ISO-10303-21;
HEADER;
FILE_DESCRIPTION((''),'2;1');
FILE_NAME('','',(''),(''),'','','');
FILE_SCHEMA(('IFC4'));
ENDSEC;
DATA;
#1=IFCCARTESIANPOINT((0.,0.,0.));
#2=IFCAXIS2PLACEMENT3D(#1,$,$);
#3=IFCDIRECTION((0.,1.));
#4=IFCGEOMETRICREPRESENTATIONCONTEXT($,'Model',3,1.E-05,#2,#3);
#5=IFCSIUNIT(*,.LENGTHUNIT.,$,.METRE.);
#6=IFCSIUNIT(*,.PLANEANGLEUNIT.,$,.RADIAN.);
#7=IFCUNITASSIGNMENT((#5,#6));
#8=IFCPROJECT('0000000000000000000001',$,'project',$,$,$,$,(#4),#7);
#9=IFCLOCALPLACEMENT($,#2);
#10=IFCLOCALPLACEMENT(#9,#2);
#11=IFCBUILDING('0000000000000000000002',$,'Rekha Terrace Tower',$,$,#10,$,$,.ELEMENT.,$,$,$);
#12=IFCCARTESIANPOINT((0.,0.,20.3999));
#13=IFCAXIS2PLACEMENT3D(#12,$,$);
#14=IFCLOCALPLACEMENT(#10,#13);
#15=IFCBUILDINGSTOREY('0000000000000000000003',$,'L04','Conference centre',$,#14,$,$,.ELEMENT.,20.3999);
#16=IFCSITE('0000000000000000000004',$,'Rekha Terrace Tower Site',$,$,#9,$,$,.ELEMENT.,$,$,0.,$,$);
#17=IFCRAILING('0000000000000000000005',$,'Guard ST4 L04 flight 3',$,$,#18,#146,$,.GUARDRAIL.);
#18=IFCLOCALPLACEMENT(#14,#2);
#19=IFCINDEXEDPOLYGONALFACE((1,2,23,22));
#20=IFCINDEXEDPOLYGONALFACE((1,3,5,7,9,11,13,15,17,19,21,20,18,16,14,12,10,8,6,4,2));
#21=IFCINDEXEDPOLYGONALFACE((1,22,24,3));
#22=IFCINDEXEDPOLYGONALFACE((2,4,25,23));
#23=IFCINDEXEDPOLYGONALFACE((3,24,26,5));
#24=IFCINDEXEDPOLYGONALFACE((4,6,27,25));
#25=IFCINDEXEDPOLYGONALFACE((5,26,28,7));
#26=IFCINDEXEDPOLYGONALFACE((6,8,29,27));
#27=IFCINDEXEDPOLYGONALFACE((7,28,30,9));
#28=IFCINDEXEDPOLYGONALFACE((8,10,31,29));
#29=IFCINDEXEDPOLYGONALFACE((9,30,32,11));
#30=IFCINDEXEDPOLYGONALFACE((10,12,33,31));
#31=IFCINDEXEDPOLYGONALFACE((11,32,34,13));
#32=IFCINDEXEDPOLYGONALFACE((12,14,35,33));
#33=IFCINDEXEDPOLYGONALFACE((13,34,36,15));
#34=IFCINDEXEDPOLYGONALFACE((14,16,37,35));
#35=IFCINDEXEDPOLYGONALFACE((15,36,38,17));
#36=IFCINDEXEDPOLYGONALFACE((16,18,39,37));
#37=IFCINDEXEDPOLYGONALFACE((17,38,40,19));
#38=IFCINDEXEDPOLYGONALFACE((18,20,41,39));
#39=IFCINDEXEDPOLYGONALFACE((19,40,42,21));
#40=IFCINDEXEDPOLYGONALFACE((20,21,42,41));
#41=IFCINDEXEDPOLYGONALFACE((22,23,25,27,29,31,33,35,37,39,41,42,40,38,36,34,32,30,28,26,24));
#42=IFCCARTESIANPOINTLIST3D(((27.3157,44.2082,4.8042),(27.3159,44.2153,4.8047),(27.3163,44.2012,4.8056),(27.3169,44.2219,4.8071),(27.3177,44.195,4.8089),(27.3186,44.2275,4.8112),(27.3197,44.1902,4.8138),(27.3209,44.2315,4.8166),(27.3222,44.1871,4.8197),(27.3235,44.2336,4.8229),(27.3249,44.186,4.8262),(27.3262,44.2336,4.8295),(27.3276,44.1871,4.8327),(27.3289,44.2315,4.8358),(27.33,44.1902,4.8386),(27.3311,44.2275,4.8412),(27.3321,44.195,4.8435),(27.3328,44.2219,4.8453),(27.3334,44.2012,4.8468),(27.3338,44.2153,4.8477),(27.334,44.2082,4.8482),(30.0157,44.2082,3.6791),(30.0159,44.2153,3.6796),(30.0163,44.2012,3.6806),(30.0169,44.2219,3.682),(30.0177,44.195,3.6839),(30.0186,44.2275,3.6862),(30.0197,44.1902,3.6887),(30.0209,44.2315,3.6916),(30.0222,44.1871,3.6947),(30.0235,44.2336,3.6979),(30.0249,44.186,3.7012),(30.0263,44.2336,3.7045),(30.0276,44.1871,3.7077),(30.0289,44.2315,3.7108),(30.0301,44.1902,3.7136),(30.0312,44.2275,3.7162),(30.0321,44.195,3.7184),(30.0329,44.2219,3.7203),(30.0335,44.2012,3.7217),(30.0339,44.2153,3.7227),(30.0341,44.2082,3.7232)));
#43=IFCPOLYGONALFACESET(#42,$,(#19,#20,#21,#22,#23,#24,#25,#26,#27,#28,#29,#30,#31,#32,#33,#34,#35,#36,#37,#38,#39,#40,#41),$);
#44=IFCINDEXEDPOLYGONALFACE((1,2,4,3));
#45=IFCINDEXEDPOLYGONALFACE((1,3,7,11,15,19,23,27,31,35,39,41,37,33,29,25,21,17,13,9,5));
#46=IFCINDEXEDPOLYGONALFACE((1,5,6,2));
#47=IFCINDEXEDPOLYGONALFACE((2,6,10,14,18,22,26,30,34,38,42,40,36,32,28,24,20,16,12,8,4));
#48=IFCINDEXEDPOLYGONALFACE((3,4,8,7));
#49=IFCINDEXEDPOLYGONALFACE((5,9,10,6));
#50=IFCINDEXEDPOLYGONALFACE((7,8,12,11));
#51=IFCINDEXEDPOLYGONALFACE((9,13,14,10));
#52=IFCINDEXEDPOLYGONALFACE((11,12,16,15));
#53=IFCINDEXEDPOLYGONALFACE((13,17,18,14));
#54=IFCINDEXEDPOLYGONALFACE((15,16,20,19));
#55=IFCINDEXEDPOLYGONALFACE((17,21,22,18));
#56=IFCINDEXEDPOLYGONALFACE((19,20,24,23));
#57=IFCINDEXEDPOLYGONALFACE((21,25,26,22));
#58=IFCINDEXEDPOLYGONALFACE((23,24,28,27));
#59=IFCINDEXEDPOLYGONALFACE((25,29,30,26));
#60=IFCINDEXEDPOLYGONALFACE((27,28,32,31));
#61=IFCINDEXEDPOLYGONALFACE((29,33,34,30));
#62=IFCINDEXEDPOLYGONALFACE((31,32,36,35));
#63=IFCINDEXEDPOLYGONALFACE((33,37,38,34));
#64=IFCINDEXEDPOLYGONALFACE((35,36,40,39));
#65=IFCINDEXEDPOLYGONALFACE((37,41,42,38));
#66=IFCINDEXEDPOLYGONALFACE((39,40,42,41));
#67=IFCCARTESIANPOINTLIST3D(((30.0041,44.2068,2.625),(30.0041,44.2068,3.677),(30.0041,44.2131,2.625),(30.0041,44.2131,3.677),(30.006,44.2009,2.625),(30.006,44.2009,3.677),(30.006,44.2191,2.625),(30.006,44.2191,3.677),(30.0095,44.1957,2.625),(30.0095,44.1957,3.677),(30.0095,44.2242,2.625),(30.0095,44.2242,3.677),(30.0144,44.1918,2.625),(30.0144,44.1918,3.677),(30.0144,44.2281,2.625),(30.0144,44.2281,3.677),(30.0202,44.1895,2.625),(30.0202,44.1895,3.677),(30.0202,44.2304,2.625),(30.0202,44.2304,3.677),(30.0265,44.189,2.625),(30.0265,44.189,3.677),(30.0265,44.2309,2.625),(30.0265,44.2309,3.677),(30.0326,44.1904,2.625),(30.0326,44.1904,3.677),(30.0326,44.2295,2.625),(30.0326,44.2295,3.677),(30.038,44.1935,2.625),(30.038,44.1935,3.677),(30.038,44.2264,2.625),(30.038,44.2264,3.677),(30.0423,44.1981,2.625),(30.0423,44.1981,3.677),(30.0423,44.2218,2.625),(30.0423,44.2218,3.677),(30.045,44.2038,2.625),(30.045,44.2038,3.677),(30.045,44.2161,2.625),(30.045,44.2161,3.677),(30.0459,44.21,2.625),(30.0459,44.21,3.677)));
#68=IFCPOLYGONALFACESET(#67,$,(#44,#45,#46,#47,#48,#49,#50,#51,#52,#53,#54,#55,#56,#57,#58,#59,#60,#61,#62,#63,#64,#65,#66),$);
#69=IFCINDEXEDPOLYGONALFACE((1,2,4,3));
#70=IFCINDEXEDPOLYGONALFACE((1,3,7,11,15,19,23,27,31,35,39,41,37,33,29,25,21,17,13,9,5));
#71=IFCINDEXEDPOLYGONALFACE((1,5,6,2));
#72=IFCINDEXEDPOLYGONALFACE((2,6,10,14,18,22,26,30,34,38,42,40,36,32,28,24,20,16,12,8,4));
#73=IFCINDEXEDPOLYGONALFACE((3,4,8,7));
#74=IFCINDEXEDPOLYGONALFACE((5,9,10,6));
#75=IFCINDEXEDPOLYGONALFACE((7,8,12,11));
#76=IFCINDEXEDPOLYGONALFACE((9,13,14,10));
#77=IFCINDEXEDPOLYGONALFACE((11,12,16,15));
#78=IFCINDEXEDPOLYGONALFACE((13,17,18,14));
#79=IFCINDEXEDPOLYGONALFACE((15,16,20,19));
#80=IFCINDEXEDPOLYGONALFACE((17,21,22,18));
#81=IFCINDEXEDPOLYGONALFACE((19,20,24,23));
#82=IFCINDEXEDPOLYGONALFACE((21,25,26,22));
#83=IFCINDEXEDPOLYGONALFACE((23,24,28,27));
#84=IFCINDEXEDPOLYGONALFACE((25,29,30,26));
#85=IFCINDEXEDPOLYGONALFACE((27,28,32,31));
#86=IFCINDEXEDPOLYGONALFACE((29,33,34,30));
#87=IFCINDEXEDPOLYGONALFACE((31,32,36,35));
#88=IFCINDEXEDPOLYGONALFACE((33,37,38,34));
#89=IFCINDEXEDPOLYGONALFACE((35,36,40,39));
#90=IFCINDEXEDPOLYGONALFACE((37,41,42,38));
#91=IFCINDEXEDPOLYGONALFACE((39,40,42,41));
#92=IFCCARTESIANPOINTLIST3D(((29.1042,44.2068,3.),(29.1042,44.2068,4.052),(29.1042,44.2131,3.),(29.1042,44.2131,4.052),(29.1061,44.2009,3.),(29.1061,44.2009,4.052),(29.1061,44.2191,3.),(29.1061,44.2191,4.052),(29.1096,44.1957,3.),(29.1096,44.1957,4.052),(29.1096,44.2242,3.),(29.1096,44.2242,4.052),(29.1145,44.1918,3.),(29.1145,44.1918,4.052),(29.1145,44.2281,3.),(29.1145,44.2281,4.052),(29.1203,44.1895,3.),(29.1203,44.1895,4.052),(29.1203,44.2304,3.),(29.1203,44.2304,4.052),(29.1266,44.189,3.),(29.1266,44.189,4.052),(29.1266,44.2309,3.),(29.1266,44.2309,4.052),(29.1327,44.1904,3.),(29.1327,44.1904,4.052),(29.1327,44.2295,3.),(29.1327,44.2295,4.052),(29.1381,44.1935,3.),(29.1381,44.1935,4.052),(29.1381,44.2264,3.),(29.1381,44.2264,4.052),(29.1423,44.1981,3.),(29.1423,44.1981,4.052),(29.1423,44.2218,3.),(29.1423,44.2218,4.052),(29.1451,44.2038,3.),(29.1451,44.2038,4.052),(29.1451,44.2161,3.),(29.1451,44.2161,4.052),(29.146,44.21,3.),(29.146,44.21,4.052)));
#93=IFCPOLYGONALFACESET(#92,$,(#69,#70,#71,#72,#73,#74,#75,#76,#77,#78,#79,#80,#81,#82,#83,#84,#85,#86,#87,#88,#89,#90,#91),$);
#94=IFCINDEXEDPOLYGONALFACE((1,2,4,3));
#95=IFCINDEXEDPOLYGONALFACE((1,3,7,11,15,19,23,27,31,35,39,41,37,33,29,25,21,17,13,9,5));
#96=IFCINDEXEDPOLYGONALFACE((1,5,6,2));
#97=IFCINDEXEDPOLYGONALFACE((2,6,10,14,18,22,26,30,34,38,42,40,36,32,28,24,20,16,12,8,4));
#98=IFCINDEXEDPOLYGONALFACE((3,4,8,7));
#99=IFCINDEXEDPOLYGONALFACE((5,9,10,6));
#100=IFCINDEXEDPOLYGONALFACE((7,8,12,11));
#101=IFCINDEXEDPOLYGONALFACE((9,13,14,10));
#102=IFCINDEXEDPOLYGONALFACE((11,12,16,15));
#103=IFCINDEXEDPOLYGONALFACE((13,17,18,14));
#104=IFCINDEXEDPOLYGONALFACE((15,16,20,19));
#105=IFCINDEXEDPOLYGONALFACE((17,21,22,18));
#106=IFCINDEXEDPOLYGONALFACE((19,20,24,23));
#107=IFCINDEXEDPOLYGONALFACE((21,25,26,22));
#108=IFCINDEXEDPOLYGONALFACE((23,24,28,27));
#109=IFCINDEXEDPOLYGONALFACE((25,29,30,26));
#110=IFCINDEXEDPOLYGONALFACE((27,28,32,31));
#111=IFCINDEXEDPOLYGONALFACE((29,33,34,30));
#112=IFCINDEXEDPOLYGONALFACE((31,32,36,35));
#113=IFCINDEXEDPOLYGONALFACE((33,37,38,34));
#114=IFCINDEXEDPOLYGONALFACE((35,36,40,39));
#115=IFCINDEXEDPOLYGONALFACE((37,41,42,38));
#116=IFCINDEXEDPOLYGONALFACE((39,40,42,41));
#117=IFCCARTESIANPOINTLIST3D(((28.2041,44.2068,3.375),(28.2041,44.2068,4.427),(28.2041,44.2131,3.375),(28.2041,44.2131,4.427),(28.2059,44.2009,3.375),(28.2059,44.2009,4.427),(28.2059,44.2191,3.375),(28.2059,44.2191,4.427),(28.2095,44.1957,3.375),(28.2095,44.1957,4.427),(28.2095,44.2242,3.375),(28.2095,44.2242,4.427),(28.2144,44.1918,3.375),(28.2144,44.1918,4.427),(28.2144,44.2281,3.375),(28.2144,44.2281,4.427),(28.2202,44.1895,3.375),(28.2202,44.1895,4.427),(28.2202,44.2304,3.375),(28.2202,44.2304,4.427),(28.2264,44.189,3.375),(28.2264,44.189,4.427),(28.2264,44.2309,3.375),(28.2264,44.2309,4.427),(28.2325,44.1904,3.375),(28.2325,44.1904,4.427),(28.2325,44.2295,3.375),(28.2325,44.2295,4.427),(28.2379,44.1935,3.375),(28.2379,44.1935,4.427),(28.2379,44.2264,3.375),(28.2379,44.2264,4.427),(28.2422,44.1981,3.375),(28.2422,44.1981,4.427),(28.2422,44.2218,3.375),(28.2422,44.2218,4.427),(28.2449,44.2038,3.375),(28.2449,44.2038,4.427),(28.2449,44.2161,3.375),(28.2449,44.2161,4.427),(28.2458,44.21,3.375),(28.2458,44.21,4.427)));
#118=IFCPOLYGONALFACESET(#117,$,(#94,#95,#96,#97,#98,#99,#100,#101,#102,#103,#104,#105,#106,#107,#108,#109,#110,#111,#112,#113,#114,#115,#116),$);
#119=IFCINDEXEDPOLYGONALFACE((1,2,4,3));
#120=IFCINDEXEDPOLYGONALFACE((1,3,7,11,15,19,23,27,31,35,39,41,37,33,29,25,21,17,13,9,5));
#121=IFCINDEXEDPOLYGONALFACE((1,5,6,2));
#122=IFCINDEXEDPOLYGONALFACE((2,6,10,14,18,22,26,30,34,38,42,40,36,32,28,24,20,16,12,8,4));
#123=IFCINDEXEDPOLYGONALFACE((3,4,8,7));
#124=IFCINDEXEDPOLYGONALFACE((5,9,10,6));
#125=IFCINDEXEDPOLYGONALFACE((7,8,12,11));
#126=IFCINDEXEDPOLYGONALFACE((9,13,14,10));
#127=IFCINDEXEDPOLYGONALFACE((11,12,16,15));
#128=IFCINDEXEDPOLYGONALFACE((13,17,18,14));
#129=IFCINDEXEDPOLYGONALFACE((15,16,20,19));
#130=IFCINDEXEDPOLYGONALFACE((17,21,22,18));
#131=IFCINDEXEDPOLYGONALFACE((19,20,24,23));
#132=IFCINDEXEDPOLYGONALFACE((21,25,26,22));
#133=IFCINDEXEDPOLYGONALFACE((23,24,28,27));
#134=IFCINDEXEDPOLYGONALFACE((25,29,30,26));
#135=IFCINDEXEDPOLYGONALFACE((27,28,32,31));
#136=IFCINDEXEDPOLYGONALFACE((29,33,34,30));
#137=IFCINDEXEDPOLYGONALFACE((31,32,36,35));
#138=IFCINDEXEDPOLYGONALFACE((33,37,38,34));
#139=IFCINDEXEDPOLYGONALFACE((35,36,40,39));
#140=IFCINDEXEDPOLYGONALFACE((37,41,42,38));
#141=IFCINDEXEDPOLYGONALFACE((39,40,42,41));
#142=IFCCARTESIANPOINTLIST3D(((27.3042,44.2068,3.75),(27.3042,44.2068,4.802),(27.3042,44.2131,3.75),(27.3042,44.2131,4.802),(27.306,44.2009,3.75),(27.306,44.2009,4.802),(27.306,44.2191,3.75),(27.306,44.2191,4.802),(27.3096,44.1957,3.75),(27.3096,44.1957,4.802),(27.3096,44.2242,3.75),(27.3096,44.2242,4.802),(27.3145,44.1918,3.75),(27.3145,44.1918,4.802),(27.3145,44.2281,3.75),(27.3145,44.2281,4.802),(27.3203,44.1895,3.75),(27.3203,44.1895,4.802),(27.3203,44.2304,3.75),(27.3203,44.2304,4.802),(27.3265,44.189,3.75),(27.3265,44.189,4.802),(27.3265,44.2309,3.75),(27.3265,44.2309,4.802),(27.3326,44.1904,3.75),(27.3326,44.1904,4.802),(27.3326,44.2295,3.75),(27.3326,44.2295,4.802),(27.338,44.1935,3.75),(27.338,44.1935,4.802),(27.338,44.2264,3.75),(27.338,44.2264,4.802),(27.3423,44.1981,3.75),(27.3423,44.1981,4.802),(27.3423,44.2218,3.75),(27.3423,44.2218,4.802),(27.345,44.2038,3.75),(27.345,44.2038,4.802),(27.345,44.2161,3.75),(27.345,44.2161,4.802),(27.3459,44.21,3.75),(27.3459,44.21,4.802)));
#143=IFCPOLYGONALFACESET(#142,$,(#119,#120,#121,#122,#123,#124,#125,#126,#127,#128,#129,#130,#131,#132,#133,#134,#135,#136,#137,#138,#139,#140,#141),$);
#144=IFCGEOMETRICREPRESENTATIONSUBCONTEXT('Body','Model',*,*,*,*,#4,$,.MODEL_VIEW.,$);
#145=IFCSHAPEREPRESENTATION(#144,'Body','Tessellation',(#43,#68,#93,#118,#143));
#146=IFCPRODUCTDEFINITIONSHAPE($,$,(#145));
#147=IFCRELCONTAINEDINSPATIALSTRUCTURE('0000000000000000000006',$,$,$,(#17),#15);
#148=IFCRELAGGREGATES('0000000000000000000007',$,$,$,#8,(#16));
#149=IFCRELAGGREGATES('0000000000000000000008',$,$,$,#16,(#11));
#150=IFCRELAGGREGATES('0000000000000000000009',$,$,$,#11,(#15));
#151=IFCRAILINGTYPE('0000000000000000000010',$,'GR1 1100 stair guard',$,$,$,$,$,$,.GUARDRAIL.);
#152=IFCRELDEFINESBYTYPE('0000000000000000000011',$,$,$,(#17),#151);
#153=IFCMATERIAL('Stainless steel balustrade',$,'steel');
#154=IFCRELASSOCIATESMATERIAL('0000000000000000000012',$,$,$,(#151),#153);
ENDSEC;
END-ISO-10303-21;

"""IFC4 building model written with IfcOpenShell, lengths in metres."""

from ifc_helpers import new_model, si_unit, direction, frame, origin, origin_2d, place, context, subcontext, project, spatial, circle, extrude, material, type_object, element, save


model = new_model("IFC4")

# Units and contexts
model_context = context("Model", 3, precision=1e-05, world=origin(), true_north=direction((0.0, 1.0)))
body_context = subcontext(model_context, "Body", "Model", "MODEL_VIEW")
ifc_project = project(units=[si_unit("LENGTHUNIT", "METRE"), si_unit("PLANEANGLEUNIT", "RADIAN")], contexts=[model_context])

# Site, building, storey
site_placement = place(None, origin())
site = spatial("IfcSite", under=ifc_project, at=site_placement, Name="Rekha Terrace Tower Site", CompositionType="ELEMENT", RefElevation=0.0)
building_placement = place(site_placement, origin())
building = spatial("IfcBuilding", under=site, at=building_placement, Name="Rekha Terrace Tower", CompositionType="ELEMENT")
storey_placement = place(building_placement, frame((0.0, 0.0, 20.3999)))
storey = spatial("IfcBuildingStorey", under=building, at=storey_placement, Name="L04", Description="Conference centre", CompositionType="ELEMENT", Elevation=20.3999)

# Railing
ifc_material_1 = material(Name="Stainless steel balustrade", Category="steel")
railing_type_1 = type_object("IfcRailingType", Name="GR1 1100 stair guard", PredefinedType="GUARDRAIL", material=ifc_material_1)
railing_1_placement = place(storey_placement, frame((30.0249, 44.21, 2.625)))
element("IfcRailing", 1, at=railing_1_placement, inside=storey, type_object=railing_type_1, Name="Guard ST4 L04 flight 3", PredefinedType="GUARDRAIL", context=body_context, shape_type="SweptSolid", body=[
    extrude(circle(Radius=0.0239, at=origin_2d()), frame((0.0, 0.0, 1.0762), z_axis=(-0.923074, 0.0, 0.384621), x_axis=(0.0, -1.0, 0.0)), (0.0, 0.0, 1.0), 2.925),
    extrude(circle(Radius=0.021, at=origin_2d()), origin(), (0.0, 0.0, 1.0), 1.052),
    extrude(circle(Radius=0.021, at=origin_2d()), frame((-0.8999, 0.0, 0.375)), (0.0, 0.0, 1.0), 1.052),
    extrude(circle(Radius=0.021, at=origin_2d()), frame((-1.8, 0.0, 0.75)), (0.0, 0.0, 1.0), 1.052),
    extrude(circle(Radius=0.021, at=origin_2d()), frame((-2.7, 0.0, 1.125)), (0.0, 0.0, 1.0), 1.052),
])

save(model, "model.ifc")
